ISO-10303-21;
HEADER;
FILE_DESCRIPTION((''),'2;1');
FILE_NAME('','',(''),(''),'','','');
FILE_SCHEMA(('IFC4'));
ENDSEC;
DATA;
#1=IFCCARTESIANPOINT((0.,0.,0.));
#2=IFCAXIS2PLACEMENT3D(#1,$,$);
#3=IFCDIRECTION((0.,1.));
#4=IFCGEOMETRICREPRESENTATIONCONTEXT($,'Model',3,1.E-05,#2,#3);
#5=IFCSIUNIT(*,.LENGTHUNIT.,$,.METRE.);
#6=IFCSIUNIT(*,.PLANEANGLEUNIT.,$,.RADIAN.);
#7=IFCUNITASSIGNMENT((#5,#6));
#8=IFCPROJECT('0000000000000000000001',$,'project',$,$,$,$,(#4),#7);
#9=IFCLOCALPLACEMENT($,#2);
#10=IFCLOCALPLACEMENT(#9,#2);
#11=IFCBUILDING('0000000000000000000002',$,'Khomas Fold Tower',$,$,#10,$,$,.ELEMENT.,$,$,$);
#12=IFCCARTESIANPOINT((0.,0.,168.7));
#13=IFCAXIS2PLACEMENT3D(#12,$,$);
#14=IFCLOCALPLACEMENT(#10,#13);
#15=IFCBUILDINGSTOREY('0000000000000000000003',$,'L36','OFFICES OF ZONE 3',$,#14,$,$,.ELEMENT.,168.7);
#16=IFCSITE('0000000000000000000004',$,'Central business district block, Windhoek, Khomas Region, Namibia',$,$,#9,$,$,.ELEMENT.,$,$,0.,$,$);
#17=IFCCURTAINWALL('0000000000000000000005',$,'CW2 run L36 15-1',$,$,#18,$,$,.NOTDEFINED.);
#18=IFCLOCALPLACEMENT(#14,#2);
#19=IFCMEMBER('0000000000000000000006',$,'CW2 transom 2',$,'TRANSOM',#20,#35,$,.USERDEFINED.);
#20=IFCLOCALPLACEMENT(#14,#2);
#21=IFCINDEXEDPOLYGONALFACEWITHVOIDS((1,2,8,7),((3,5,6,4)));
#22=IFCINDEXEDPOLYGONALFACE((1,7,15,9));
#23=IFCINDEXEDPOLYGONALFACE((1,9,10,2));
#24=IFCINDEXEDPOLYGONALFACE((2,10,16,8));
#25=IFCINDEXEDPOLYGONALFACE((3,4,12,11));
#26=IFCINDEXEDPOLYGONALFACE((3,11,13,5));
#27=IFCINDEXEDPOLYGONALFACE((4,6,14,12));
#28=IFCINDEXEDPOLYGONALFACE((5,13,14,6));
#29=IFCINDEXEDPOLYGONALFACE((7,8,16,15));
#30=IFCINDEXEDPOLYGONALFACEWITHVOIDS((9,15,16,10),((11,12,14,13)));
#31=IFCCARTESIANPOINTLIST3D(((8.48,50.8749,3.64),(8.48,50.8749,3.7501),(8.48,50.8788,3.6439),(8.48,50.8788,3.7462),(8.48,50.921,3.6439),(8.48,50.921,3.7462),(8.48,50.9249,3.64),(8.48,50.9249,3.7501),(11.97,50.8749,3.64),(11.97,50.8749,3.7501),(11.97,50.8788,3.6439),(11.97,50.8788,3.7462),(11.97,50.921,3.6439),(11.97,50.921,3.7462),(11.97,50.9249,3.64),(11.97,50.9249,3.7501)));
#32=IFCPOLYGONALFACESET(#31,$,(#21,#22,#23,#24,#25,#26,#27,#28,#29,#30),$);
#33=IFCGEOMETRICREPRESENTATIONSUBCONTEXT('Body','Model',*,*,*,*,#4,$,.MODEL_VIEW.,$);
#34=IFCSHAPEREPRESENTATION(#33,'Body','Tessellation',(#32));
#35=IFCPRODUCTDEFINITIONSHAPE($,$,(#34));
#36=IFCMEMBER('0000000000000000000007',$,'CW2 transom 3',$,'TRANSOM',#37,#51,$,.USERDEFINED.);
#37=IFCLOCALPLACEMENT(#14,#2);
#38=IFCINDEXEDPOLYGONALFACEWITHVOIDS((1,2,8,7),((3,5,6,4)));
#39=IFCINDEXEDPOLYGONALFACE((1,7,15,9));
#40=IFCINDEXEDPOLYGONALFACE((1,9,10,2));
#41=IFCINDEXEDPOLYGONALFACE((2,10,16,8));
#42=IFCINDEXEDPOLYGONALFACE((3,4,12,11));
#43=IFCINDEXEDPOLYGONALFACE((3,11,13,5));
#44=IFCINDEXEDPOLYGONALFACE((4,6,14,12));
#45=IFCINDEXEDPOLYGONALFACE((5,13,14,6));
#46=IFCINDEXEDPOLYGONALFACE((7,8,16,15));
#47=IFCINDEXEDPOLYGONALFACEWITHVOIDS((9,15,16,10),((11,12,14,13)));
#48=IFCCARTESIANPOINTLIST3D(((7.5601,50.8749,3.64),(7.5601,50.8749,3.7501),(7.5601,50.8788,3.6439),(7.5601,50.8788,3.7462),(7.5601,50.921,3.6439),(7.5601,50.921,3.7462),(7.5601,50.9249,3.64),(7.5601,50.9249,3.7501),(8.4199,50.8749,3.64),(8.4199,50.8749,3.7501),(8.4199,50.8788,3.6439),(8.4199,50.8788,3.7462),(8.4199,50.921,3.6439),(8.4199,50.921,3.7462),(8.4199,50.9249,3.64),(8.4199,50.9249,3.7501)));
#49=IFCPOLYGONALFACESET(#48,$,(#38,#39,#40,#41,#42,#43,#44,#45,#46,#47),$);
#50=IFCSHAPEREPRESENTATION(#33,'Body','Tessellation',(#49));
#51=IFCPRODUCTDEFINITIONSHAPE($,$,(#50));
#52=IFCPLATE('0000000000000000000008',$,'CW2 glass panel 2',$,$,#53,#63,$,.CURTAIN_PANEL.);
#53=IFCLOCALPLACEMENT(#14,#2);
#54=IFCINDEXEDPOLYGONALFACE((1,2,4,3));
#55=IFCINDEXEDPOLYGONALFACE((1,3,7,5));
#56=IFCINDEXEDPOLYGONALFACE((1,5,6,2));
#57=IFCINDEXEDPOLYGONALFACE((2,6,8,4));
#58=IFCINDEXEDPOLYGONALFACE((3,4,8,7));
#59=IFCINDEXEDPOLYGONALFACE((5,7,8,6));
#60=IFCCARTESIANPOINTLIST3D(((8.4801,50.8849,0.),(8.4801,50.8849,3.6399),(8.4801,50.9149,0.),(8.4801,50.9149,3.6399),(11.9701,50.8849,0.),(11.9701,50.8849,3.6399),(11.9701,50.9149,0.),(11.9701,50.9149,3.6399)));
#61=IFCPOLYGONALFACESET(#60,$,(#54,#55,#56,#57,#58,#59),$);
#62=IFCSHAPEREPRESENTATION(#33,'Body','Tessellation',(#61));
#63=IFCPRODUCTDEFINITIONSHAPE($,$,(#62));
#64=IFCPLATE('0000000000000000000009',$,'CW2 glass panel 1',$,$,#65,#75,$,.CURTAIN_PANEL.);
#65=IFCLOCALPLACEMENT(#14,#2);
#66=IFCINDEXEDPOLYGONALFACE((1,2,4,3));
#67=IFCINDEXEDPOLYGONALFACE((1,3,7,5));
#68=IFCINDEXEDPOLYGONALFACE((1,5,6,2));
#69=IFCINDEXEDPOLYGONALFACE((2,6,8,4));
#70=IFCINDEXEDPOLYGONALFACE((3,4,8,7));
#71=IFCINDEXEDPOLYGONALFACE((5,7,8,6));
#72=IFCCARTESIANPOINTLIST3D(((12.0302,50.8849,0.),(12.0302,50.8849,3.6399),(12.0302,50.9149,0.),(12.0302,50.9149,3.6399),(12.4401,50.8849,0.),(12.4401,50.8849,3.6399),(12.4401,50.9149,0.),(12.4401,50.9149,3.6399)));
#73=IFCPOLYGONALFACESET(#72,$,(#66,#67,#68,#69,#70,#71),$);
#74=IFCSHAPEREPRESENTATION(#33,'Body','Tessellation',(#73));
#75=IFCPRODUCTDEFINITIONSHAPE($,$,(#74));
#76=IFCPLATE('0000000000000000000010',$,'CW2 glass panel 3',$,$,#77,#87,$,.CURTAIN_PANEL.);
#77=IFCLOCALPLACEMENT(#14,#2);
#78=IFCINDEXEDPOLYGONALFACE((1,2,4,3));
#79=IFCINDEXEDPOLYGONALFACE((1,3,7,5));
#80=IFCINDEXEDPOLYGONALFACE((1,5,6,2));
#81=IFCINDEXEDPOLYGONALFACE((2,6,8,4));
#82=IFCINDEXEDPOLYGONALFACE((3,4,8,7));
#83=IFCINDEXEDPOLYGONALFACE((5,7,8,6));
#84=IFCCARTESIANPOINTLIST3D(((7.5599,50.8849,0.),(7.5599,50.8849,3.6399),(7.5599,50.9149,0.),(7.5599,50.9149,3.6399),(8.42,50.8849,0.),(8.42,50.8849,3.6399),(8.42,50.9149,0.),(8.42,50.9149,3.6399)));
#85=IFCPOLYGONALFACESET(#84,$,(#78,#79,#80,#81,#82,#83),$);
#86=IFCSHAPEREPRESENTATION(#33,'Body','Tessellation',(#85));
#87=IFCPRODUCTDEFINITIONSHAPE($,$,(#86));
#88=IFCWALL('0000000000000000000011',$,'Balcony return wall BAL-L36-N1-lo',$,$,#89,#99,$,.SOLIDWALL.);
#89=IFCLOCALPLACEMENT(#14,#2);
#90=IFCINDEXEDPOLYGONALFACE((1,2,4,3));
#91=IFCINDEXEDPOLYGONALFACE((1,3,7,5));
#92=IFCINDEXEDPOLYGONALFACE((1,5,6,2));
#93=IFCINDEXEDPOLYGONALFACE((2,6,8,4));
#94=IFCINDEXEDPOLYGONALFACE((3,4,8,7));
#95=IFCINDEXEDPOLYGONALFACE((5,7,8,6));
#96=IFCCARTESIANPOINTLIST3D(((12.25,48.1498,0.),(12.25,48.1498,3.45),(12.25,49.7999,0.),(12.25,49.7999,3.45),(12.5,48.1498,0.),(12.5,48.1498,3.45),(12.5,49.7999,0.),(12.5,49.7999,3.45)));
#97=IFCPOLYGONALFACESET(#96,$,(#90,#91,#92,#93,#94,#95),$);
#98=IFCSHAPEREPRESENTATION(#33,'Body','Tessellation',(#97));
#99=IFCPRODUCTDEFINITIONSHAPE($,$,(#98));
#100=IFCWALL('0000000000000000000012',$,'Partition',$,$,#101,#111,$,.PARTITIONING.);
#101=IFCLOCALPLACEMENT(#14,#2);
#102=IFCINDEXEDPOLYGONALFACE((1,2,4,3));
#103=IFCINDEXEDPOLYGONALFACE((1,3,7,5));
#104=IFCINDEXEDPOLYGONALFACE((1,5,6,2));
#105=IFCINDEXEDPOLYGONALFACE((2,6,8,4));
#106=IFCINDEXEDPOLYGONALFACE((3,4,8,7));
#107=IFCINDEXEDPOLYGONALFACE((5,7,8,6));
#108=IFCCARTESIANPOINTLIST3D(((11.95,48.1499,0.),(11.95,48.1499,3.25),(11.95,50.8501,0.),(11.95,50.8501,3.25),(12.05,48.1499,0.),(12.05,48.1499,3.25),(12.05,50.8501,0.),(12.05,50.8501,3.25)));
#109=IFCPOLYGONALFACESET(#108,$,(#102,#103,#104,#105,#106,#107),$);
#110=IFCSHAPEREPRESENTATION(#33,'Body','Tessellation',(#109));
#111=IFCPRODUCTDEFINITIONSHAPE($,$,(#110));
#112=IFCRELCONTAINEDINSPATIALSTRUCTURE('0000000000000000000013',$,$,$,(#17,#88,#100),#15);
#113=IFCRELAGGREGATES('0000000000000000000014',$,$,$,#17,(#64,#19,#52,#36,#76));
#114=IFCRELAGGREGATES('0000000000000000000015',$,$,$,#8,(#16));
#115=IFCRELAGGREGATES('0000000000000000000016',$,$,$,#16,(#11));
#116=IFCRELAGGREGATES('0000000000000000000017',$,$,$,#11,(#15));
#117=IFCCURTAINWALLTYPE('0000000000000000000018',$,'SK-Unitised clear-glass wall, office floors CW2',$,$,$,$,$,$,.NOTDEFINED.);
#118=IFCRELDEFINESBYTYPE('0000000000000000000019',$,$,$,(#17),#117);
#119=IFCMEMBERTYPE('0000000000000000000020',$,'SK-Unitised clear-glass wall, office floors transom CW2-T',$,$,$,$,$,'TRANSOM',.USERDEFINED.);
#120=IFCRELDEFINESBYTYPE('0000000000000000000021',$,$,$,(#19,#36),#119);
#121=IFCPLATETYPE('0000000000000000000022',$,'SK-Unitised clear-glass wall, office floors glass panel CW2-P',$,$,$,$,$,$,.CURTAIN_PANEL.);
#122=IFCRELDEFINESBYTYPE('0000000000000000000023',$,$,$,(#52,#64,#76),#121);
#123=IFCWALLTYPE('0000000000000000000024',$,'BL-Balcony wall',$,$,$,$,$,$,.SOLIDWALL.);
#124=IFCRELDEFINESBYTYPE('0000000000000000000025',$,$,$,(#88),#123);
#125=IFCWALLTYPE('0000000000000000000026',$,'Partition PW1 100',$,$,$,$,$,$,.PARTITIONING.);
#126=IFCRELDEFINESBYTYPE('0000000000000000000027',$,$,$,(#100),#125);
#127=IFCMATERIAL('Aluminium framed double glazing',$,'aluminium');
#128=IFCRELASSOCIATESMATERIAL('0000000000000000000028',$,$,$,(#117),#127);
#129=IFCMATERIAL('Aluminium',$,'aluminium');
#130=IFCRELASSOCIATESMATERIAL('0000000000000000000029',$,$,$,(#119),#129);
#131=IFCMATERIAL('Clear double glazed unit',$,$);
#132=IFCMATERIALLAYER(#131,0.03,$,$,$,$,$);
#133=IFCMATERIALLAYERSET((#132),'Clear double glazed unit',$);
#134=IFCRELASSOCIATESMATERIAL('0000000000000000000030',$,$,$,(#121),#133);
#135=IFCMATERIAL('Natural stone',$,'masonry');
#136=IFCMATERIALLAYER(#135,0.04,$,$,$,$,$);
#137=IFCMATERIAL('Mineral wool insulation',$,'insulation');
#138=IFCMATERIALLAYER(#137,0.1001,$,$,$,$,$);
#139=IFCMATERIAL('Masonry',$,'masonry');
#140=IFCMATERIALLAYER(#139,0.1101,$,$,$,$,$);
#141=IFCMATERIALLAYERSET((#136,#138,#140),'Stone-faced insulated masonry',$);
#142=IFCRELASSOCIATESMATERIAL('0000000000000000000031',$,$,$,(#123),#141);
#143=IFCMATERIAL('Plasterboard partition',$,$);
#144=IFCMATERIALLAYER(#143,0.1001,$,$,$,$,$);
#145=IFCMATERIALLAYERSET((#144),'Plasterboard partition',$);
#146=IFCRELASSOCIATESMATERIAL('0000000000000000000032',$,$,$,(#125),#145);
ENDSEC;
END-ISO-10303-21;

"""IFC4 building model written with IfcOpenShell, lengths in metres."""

from ifc_helpers import new_model, si_unit, direction, frame, frame_2d, origin, origin_2d, place, context, subcontext, project, spatial, rectangle, hollow_rectangle, extrude, source, transform, mapped, material, layer, layer_set, material_profile, profile_set, type_object, element, aggregate, save


model = new_model("IFC4")

# Units and contexts
model_context = context("Model", 3, precision=1e-05, world=origin(), true_north=direction((0.0, 1.0)))
body_context = subcontext(model_context, "Body", "Model", "MODEL_VIEW")
ifc_project = project(units=[si_unit("LENGTHUNIT", "METRE"), si_unit("PLANEANGLEUNIT", "RADIAN")], contexts=[model_context])

# Site, building, storey
site_placement = place(None, origin())
site = spatial("IfcSite", under=ifc_project, at=site_placement, Name="Central business district block, Windhoek, Khomas Region, Namibia", CompositionType="ELEMENT", RefElevation=0.0)
building_placement = place(site_placement, origin())
building = spatial("IfcBuilding", under=site, at=building_placement, Name="Khomas Fold Tower", CompositionType="ELEMENT")
storey_placement = place(building_placement, frame((0.0, 0.0, 168.7)))
storey = spatial("IfcBuildingStorey", under=building, at=storey_placement, Name="L36", Description="OFFICES OF ZONE 3", CompositionType="ELEMENT", Elevation=168.7)

# Curtain wall
ifc_material_1 = material(Name="Aluminium framed double glazing", Category="aluminium")
curtain_wall_type = type_object("IfcCurtainWallType", Name="SK-Unitised clear-glass wall, office floors CW2", PredefinedType="NOTDEFINED", material=ifc_material_1)
curtain_wall_1_placement = place(storey_placement, origin())
curtain_wall_1 = element("IfcCurtainWall", 1, at=curtain_wall_1_placement, inside=storey, type_object=curtain_wall_type, Name="CW2 run L36 15-1", PredefinedType="NOTDEFINED")

# Members
ifc_material_2 = material(Name="Aluminium", Category="aluminium")
ifc_material_profile_1 = material_profile(ifc_material_2, hollow_rectangle(XDim=0.05, YDim=0.1101, WallThickness=0.0039, at=origin_2d()), Name="SK-Unitised clear-glass wall, office floors transom CW2-T")
ifc_profile_set_1 = profile_set([ifc_material_profile_1], Name="Aluminium")
member_type_1 = type_object("IfcMemberType", Name="SK-Unitised clear-glass wall, office floors transom CW2-T", ElementType="TRANSOM", PredefinedType="USERDEFINED", material=ifc_profile_set_1)
shared_shape_1 = source(origin(), body_context, "Body", "SweptSolid", [
    extrude(hollow_rectangle(XDim=0.05, YDim=0.1101, WallThickness=0.0039, at=origin_2d()), origin(), (0.0, 0.0, 1.0), 3.49),
])
member_1_placement = place(storey_placement, frame((11.97, 50.8999, 3.6951), z_axis=(-1.0, 0.0, 0.0), x_axis=(0.0, -1.0, 0.0)))
member_1 = element("IfcMember", 2, at=member_1_placement, type_object=member_type_1, Name="CW2 transom 2", ObjectType="TRANSOM", PredefinedType="USERDEFINED", context=body_context, shape_type="MappedRepresentation", body=[
    mapped(shared_shape_1, transform((0.0, 0.0, 0.0))),
])
shared_shape_2 = source(origin(), body_context, "Body", "SweptSolid", [
    extrude(hollow_rectangle(XDim=0.05, YDim=0.1101, WallThickness=0.0039, at=origin_2d()), origin(), (0.0, 0.0, 1.0), 0.8599),
])
member_2_placement = place(storey_placement, frame((8.4199, 50.8999, 3.6951), z_axis=(-1.0, 0.0, 0.0), x_axis=(0.0, -1.0, 0.0)))
member_2 = element("IfcMember", 3, at=member_2_placement, type_object=member_type_1, Name="CW2 transom 3", ObjectType="TRANSOM", PredefinedType="USERDEFINED", context=body_context, shape_type="MappedRepresentation", body=[
    mapped(shared_shape_2, transform((0.0, 0.0, 0.0))),
])

# Plates
ifc_material_3 = material(Name="Clear double glazed unit")
ifc_layer_1 = layer(ifc_material_3, 0.03)
ifc_layer_set_1 = layer_set([ifc_layer_1], Name="Clear double glazed unit")
plate_type = type_object("IfcPlateType", Name="SK-Unitised clear-glass wall, office floors glass panel CW2-P", PredefinedType="CURTAIN_PANEL", material=ifc_layer_set_1)
shared_shape_3 = source(origin(), body_context, "Body", "SweptSolid", [
    extrude(rectangle(XDim=3.49, YDim=0.03, at=origin_2d()), origin(), (0.0, 0.0, 1.0), 3.6399),
])
plate_1_placement = place(storey_placement, frame((10.2251, 50.8999, 0.0), z_axis=(0.0, 0.0, 1.0), x_axis=(-1.0, 0.0, 0.0)))
plate_1 = element("IfcPlate", 4, at=plate_1_placement, type_object=plate_type, Name="CW2 glass panel 2", PredefinedType="CURTAIN_PANEL", context=body_context, shape_type="MappedRepresentation", body=[
    mapped(shared_shape_3, transform((0.0, 0.0, 0.0))),
])
shared_shape_4 = source(origin(), body_context, "Body", "SweptSolid", [
    extrude(rectangle(XDim=0.4099, YDim=0.03, at=origin_2d()), origin(), (0.0, 0.0, 1.0), 3.6399),
])
plate_2_placement = place(storey_placement, frame((12.2351, 50.8999, 0.0), z_axis=(0.0, 0.0, 1.0), x_axis=(-1.0, 0.0, 0.0)))
plate_2 = element("IfcPlate", 5, at=plate_2_placement, type_object=plate_type, Name="CW2 glass panel 1", PredefinedType="CURTAIN_PANEL", context=body_context, shape_type="MappedRepresentation", body=[
    mapped(shared_shape_4, transform((0.0, 0.0, 0.0))),
])
shared_shape_5 = source(origin(), body_context, "Body", "SweptSolid", [
    extrude(rectangle(XDim=0.8601, YDim=0.03, at=origin_2d()), origin(), (0.0, 0.0, 1.0), 3.6399),
])
plate_3_placement = place(storey_placement, frame((7.99, 50.8999, 0.0), z_axis=(0.0, 0.0, 1.0), x_axis=(-1.0, 0.0, 0.0)))
plate_3 = element("IfcPlate", 6, at=plate_3_placement, type_object=plate_type, Name="CW2 glass panel 3", PredefinedType="CURTAIN_PANEL", context=body_context, shape_type="MappedRepresentation", body=[
    mapped(shared_shape_5, transform((0.0, 0.0, 0.0))),
])
aggregate(curtain_wall_1, [plate_2, member_1, plate_1, member_2, plate_3])

# Walls
ifc_material_4 = material(Name="Natural stone", Category="masonry")
ifc_layer_2 = layer(ifc_material_4, 0.04)
ifc_material_5 = material(Name="Mineral wool insulation", Category="insulation")
ifc_layer_3 = layer(ifc_material_5, 0.1001)
ifc_material_6 = material(Name="Masonry", Category="masonry")
ifc_layer_4 = layer(ifc_material_6, 0.1101)
ifc_layer_set_2 = layer_set([ifc_layer_2, ifc_layer_3, ifc_layer_4], Name="Stone-faced insulated masonry")
wall_type_1 = type_object("IfcWallType", Name="BL-Balcony wall", PredefinedType="SOLIDWALL", material=ifc_layer_set_2)
shared_shape_6 = source(origin(), body_context, "Body", "SweptSolid", [
    extrude(rectangle(XDim=1.6501, YDim=0.25, at=frame_2d((0.8252, 0.0))), origin(), (0.0, 0.0, 1.0), 3.45),
])
wall_1_placement = place(storey_placement, frame((12.375, 49.8, 0.0), z_axis=(0.0, 0.0, 1.0), x_axis=(0.0, -1.0, 0.0)))
element("IfcWall", 7, at=wall_1_placement, inside=storey, type_object=wall_type_1, Name="Balcony return wall BAL-L36-N1-lo", PredefinedType="SOLIDWALL", context=body_context, shape_type="MappedRepresentation", body=[
    mapped(shared_shape_6, transform((0.0, 0.0, 0.0))),
])
ifc_material_7 = material(Name="Plasterboard partition")
ifc_layer_5 = layer(ifc_material_7, 0.1001)
ifc_layer_set_3 = layer_set([ifc_layer_5], Name="Plasterboard partition")
wall_type_2 = type_object("IfcWallType", Name="Partition PW1 100", PredefinedType="PARTITIONING", material=ifc_layer_set_3)
shared_shape_7 = source(origin(), body_context, "Body", "SweptSolid", [
    extrude(rectangle(XDim=2.7002, YDim=0.1001, at=frame_2d((1.3501, 0.0))), origin(), (0.0, 0.0, 1.0), 3.25),
])
wall_2_placement = place(storey_placement, frame((12.0, 48.1499, 0.0), z_axis=(0.0, 0.0, 1.0), x_axis=(0.0, 1.0, 0.0)))
element("IfcWall", 8, at=wall_2_placement, inside=storey, type_object=wall_type_2, Name="Partition", PredefinedType="PARTITIONING", context=body_context, shape_type="MappedRepresentation", body=[
    mapped(shared_shape_7, transform((0.0, 0.0, 0.0))),
])

save(model, "model.ifc")
